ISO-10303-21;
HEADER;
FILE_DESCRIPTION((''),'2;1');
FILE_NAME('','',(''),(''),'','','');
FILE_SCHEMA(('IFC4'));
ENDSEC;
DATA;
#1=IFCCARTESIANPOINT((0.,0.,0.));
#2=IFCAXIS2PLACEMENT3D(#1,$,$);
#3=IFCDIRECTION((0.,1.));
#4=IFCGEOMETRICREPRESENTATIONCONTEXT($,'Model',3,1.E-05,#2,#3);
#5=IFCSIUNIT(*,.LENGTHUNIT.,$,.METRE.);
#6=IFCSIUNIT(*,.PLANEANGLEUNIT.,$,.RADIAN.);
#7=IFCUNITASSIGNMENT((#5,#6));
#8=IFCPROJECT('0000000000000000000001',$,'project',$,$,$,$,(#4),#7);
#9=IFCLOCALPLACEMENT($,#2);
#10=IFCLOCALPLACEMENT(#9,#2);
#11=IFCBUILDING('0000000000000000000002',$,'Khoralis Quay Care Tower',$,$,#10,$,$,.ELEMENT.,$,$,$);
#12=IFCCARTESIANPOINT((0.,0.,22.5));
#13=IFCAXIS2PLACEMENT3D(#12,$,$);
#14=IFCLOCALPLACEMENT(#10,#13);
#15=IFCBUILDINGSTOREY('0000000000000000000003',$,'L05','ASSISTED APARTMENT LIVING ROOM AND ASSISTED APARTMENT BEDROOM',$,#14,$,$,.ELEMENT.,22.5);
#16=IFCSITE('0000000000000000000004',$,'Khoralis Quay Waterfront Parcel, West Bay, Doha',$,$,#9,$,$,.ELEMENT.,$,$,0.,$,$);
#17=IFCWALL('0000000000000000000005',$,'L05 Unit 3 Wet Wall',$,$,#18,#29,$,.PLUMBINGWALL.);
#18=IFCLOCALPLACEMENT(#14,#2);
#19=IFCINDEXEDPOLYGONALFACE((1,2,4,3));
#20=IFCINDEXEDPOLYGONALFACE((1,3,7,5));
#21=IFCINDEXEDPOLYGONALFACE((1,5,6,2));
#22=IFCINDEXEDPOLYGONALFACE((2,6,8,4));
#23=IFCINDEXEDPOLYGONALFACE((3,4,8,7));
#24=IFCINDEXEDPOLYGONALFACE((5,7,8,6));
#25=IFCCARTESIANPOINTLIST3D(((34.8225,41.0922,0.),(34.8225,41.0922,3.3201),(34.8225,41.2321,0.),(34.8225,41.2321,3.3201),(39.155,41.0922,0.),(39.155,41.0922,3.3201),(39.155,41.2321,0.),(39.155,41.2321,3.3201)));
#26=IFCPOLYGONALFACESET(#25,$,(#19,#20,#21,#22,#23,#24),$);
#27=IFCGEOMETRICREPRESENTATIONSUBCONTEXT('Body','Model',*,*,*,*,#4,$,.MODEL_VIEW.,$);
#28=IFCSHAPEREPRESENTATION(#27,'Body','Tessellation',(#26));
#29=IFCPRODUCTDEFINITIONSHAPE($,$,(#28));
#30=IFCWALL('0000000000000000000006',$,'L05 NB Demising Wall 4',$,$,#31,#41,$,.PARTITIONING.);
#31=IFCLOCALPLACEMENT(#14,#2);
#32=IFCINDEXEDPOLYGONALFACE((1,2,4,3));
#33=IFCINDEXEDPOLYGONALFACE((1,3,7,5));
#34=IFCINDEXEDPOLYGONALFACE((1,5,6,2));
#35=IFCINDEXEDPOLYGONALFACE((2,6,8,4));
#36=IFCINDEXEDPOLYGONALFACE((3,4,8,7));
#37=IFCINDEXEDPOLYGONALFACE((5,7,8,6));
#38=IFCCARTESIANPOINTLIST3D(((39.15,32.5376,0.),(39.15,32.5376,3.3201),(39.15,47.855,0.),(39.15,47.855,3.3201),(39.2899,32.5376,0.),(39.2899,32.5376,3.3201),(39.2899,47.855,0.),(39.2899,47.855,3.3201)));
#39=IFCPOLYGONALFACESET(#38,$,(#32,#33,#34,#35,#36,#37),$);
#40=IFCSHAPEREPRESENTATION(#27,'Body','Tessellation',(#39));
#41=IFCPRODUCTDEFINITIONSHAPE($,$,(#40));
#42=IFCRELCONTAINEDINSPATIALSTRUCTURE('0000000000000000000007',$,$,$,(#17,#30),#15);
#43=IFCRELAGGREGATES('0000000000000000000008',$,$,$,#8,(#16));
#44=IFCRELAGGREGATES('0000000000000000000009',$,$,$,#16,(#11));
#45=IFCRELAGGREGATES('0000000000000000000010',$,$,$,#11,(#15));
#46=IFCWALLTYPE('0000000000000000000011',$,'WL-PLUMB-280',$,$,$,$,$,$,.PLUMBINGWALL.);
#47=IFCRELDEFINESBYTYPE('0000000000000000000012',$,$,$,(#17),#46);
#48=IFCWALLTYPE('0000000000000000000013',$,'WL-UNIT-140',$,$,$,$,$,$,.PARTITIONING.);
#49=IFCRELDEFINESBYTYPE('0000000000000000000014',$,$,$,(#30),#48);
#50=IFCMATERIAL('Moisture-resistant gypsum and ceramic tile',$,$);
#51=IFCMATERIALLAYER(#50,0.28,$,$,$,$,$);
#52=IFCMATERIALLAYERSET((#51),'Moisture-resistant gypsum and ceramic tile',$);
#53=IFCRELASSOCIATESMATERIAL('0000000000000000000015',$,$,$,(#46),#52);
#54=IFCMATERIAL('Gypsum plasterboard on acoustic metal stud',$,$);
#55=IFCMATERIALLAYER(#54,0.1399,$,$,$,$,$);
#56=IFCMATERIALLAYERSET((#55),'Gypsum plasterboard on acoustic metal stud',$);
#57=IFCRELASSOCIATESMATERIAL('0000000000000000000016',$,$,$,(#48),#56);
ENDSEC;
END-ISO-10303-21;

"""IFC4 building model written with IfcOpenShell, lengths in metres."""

from ifc_helpers import new_model, si_unit, direction, frame, frame_2d, origin, place, context, subcontext, project, spatial, rectangle, extrude, material, layer, layer_set, type_object, element, save


model = new_model("IFC4")

# Units and contexts
model_context = context("Model", 3, precision=1e-05, world=origin(), true_north=direction((0.0, 1.0)))
body_context = subcontext(model_context, "Body", "Model", "MODEL_VIEW")
ifc_project = project(units=[si_unit("LENGTHUNIT", "METRE"), si_unit("PLANEANGLEUNIT", "RADIAN")], contexts=[model_context])

# Site, building, storey
site_placement = place(None, origin())
site = spatial("IfcSite", under=ifc_project, at=site_placement, Name="Khoralis Quay Waterfront Parcel, West Bay, Doha", CompositionType="ELEMENT", RefElevation=0.0)
building_placement = place(site_placement, origin())
building = spatial("IfcBuilding", under=site, at=building_placement, Name="Khoralis Quay Care Tower", CompositionType="ELEMENT")
storey_placement = place(building_placement, frame((0.0, 0.0, 22.5)))
storey = spatial("IfcBuildingStorey", under=building, at=storey_placement, Name="L05", Description="ASSISTED APARTMENT LIVING ROOM AND ASSISTED APARTMENT BEDROOM", CompositionType="ELEMENT", Elevation=22.5)

# Walls
ifc_material_1 = material(Name="Gypsum plasterboard on acoustic metal stud")
ifc_material_2 = material(Name="Moisture-resistant gypsum and ceramic tile")
ifc_layer_1 = layer(ifc_material_2, 0.28)
ifc_layer_set_1 = layer_set([ifc_layer_1], Name="Moisture-resistant gypsum and ceramic tile")
wall_type_1 = type_object("IfcWallType", Name="WL-PLUMB-280", PredefinedType="PLUMBINGWALL", material=ifc_layer_set_1)
wall_1_placement = place(storey_placement, frame((34.8225, 41.1621, 0.0), z_axis=(0.0, 0.0, 1.0), x_axis=(1.0, 0.0, 0.0)))
element("IfcWall", 1, at=wall_1_placement, inside=storey, type_object=wall_type_1, Name="L05 Unit 3 Wet Wall", PredefinedType="PLUMBINGWALL", context=body_context, shape_type="SweptSolid", body=[
    extrude(rectangle(XDim=4.3325, YDim=0.1399, at=frame_2d((2.1663, 0.0))), origin(), (0.0, 0.0, 1.0), 3.3201),
])
ifc_layer_2 = layer(ifc_material_1, 0.1399)
ifc_layer_set_2 = layer_set([ifc_layer_2], Name="Gypsum plasterboard on acoustic metal stud")
wall_type_2 = type_object("IfcWallType", Name="WL-UNIT-140", PredefinedType="PARTITIONING", material=ifc_layer_set_2)
wall_2_placement = place(storey_placement, frame((39.22, 32.5376, 0.0), z_axis=(0.0, 0.0, 1.0), x_axis=(0.0, 1.0, 0.0)))
element("IfcWall", 2, at=wall_2_placement, inside=storey, type_object=wall_type_2, Name="L05 NB Demising Wall 4", PredefinedType="PARTITIONING", context=body_context, shape_type="SweptSolid", body=[
    extrude(rectangle(XDim=15.3174, YDim=0.1399, at=frame_2d((7.6587, 0.0))), origin(), (0.0, 0.0, 1.0), 3.3201),
])

save(model, "model.ifc")
